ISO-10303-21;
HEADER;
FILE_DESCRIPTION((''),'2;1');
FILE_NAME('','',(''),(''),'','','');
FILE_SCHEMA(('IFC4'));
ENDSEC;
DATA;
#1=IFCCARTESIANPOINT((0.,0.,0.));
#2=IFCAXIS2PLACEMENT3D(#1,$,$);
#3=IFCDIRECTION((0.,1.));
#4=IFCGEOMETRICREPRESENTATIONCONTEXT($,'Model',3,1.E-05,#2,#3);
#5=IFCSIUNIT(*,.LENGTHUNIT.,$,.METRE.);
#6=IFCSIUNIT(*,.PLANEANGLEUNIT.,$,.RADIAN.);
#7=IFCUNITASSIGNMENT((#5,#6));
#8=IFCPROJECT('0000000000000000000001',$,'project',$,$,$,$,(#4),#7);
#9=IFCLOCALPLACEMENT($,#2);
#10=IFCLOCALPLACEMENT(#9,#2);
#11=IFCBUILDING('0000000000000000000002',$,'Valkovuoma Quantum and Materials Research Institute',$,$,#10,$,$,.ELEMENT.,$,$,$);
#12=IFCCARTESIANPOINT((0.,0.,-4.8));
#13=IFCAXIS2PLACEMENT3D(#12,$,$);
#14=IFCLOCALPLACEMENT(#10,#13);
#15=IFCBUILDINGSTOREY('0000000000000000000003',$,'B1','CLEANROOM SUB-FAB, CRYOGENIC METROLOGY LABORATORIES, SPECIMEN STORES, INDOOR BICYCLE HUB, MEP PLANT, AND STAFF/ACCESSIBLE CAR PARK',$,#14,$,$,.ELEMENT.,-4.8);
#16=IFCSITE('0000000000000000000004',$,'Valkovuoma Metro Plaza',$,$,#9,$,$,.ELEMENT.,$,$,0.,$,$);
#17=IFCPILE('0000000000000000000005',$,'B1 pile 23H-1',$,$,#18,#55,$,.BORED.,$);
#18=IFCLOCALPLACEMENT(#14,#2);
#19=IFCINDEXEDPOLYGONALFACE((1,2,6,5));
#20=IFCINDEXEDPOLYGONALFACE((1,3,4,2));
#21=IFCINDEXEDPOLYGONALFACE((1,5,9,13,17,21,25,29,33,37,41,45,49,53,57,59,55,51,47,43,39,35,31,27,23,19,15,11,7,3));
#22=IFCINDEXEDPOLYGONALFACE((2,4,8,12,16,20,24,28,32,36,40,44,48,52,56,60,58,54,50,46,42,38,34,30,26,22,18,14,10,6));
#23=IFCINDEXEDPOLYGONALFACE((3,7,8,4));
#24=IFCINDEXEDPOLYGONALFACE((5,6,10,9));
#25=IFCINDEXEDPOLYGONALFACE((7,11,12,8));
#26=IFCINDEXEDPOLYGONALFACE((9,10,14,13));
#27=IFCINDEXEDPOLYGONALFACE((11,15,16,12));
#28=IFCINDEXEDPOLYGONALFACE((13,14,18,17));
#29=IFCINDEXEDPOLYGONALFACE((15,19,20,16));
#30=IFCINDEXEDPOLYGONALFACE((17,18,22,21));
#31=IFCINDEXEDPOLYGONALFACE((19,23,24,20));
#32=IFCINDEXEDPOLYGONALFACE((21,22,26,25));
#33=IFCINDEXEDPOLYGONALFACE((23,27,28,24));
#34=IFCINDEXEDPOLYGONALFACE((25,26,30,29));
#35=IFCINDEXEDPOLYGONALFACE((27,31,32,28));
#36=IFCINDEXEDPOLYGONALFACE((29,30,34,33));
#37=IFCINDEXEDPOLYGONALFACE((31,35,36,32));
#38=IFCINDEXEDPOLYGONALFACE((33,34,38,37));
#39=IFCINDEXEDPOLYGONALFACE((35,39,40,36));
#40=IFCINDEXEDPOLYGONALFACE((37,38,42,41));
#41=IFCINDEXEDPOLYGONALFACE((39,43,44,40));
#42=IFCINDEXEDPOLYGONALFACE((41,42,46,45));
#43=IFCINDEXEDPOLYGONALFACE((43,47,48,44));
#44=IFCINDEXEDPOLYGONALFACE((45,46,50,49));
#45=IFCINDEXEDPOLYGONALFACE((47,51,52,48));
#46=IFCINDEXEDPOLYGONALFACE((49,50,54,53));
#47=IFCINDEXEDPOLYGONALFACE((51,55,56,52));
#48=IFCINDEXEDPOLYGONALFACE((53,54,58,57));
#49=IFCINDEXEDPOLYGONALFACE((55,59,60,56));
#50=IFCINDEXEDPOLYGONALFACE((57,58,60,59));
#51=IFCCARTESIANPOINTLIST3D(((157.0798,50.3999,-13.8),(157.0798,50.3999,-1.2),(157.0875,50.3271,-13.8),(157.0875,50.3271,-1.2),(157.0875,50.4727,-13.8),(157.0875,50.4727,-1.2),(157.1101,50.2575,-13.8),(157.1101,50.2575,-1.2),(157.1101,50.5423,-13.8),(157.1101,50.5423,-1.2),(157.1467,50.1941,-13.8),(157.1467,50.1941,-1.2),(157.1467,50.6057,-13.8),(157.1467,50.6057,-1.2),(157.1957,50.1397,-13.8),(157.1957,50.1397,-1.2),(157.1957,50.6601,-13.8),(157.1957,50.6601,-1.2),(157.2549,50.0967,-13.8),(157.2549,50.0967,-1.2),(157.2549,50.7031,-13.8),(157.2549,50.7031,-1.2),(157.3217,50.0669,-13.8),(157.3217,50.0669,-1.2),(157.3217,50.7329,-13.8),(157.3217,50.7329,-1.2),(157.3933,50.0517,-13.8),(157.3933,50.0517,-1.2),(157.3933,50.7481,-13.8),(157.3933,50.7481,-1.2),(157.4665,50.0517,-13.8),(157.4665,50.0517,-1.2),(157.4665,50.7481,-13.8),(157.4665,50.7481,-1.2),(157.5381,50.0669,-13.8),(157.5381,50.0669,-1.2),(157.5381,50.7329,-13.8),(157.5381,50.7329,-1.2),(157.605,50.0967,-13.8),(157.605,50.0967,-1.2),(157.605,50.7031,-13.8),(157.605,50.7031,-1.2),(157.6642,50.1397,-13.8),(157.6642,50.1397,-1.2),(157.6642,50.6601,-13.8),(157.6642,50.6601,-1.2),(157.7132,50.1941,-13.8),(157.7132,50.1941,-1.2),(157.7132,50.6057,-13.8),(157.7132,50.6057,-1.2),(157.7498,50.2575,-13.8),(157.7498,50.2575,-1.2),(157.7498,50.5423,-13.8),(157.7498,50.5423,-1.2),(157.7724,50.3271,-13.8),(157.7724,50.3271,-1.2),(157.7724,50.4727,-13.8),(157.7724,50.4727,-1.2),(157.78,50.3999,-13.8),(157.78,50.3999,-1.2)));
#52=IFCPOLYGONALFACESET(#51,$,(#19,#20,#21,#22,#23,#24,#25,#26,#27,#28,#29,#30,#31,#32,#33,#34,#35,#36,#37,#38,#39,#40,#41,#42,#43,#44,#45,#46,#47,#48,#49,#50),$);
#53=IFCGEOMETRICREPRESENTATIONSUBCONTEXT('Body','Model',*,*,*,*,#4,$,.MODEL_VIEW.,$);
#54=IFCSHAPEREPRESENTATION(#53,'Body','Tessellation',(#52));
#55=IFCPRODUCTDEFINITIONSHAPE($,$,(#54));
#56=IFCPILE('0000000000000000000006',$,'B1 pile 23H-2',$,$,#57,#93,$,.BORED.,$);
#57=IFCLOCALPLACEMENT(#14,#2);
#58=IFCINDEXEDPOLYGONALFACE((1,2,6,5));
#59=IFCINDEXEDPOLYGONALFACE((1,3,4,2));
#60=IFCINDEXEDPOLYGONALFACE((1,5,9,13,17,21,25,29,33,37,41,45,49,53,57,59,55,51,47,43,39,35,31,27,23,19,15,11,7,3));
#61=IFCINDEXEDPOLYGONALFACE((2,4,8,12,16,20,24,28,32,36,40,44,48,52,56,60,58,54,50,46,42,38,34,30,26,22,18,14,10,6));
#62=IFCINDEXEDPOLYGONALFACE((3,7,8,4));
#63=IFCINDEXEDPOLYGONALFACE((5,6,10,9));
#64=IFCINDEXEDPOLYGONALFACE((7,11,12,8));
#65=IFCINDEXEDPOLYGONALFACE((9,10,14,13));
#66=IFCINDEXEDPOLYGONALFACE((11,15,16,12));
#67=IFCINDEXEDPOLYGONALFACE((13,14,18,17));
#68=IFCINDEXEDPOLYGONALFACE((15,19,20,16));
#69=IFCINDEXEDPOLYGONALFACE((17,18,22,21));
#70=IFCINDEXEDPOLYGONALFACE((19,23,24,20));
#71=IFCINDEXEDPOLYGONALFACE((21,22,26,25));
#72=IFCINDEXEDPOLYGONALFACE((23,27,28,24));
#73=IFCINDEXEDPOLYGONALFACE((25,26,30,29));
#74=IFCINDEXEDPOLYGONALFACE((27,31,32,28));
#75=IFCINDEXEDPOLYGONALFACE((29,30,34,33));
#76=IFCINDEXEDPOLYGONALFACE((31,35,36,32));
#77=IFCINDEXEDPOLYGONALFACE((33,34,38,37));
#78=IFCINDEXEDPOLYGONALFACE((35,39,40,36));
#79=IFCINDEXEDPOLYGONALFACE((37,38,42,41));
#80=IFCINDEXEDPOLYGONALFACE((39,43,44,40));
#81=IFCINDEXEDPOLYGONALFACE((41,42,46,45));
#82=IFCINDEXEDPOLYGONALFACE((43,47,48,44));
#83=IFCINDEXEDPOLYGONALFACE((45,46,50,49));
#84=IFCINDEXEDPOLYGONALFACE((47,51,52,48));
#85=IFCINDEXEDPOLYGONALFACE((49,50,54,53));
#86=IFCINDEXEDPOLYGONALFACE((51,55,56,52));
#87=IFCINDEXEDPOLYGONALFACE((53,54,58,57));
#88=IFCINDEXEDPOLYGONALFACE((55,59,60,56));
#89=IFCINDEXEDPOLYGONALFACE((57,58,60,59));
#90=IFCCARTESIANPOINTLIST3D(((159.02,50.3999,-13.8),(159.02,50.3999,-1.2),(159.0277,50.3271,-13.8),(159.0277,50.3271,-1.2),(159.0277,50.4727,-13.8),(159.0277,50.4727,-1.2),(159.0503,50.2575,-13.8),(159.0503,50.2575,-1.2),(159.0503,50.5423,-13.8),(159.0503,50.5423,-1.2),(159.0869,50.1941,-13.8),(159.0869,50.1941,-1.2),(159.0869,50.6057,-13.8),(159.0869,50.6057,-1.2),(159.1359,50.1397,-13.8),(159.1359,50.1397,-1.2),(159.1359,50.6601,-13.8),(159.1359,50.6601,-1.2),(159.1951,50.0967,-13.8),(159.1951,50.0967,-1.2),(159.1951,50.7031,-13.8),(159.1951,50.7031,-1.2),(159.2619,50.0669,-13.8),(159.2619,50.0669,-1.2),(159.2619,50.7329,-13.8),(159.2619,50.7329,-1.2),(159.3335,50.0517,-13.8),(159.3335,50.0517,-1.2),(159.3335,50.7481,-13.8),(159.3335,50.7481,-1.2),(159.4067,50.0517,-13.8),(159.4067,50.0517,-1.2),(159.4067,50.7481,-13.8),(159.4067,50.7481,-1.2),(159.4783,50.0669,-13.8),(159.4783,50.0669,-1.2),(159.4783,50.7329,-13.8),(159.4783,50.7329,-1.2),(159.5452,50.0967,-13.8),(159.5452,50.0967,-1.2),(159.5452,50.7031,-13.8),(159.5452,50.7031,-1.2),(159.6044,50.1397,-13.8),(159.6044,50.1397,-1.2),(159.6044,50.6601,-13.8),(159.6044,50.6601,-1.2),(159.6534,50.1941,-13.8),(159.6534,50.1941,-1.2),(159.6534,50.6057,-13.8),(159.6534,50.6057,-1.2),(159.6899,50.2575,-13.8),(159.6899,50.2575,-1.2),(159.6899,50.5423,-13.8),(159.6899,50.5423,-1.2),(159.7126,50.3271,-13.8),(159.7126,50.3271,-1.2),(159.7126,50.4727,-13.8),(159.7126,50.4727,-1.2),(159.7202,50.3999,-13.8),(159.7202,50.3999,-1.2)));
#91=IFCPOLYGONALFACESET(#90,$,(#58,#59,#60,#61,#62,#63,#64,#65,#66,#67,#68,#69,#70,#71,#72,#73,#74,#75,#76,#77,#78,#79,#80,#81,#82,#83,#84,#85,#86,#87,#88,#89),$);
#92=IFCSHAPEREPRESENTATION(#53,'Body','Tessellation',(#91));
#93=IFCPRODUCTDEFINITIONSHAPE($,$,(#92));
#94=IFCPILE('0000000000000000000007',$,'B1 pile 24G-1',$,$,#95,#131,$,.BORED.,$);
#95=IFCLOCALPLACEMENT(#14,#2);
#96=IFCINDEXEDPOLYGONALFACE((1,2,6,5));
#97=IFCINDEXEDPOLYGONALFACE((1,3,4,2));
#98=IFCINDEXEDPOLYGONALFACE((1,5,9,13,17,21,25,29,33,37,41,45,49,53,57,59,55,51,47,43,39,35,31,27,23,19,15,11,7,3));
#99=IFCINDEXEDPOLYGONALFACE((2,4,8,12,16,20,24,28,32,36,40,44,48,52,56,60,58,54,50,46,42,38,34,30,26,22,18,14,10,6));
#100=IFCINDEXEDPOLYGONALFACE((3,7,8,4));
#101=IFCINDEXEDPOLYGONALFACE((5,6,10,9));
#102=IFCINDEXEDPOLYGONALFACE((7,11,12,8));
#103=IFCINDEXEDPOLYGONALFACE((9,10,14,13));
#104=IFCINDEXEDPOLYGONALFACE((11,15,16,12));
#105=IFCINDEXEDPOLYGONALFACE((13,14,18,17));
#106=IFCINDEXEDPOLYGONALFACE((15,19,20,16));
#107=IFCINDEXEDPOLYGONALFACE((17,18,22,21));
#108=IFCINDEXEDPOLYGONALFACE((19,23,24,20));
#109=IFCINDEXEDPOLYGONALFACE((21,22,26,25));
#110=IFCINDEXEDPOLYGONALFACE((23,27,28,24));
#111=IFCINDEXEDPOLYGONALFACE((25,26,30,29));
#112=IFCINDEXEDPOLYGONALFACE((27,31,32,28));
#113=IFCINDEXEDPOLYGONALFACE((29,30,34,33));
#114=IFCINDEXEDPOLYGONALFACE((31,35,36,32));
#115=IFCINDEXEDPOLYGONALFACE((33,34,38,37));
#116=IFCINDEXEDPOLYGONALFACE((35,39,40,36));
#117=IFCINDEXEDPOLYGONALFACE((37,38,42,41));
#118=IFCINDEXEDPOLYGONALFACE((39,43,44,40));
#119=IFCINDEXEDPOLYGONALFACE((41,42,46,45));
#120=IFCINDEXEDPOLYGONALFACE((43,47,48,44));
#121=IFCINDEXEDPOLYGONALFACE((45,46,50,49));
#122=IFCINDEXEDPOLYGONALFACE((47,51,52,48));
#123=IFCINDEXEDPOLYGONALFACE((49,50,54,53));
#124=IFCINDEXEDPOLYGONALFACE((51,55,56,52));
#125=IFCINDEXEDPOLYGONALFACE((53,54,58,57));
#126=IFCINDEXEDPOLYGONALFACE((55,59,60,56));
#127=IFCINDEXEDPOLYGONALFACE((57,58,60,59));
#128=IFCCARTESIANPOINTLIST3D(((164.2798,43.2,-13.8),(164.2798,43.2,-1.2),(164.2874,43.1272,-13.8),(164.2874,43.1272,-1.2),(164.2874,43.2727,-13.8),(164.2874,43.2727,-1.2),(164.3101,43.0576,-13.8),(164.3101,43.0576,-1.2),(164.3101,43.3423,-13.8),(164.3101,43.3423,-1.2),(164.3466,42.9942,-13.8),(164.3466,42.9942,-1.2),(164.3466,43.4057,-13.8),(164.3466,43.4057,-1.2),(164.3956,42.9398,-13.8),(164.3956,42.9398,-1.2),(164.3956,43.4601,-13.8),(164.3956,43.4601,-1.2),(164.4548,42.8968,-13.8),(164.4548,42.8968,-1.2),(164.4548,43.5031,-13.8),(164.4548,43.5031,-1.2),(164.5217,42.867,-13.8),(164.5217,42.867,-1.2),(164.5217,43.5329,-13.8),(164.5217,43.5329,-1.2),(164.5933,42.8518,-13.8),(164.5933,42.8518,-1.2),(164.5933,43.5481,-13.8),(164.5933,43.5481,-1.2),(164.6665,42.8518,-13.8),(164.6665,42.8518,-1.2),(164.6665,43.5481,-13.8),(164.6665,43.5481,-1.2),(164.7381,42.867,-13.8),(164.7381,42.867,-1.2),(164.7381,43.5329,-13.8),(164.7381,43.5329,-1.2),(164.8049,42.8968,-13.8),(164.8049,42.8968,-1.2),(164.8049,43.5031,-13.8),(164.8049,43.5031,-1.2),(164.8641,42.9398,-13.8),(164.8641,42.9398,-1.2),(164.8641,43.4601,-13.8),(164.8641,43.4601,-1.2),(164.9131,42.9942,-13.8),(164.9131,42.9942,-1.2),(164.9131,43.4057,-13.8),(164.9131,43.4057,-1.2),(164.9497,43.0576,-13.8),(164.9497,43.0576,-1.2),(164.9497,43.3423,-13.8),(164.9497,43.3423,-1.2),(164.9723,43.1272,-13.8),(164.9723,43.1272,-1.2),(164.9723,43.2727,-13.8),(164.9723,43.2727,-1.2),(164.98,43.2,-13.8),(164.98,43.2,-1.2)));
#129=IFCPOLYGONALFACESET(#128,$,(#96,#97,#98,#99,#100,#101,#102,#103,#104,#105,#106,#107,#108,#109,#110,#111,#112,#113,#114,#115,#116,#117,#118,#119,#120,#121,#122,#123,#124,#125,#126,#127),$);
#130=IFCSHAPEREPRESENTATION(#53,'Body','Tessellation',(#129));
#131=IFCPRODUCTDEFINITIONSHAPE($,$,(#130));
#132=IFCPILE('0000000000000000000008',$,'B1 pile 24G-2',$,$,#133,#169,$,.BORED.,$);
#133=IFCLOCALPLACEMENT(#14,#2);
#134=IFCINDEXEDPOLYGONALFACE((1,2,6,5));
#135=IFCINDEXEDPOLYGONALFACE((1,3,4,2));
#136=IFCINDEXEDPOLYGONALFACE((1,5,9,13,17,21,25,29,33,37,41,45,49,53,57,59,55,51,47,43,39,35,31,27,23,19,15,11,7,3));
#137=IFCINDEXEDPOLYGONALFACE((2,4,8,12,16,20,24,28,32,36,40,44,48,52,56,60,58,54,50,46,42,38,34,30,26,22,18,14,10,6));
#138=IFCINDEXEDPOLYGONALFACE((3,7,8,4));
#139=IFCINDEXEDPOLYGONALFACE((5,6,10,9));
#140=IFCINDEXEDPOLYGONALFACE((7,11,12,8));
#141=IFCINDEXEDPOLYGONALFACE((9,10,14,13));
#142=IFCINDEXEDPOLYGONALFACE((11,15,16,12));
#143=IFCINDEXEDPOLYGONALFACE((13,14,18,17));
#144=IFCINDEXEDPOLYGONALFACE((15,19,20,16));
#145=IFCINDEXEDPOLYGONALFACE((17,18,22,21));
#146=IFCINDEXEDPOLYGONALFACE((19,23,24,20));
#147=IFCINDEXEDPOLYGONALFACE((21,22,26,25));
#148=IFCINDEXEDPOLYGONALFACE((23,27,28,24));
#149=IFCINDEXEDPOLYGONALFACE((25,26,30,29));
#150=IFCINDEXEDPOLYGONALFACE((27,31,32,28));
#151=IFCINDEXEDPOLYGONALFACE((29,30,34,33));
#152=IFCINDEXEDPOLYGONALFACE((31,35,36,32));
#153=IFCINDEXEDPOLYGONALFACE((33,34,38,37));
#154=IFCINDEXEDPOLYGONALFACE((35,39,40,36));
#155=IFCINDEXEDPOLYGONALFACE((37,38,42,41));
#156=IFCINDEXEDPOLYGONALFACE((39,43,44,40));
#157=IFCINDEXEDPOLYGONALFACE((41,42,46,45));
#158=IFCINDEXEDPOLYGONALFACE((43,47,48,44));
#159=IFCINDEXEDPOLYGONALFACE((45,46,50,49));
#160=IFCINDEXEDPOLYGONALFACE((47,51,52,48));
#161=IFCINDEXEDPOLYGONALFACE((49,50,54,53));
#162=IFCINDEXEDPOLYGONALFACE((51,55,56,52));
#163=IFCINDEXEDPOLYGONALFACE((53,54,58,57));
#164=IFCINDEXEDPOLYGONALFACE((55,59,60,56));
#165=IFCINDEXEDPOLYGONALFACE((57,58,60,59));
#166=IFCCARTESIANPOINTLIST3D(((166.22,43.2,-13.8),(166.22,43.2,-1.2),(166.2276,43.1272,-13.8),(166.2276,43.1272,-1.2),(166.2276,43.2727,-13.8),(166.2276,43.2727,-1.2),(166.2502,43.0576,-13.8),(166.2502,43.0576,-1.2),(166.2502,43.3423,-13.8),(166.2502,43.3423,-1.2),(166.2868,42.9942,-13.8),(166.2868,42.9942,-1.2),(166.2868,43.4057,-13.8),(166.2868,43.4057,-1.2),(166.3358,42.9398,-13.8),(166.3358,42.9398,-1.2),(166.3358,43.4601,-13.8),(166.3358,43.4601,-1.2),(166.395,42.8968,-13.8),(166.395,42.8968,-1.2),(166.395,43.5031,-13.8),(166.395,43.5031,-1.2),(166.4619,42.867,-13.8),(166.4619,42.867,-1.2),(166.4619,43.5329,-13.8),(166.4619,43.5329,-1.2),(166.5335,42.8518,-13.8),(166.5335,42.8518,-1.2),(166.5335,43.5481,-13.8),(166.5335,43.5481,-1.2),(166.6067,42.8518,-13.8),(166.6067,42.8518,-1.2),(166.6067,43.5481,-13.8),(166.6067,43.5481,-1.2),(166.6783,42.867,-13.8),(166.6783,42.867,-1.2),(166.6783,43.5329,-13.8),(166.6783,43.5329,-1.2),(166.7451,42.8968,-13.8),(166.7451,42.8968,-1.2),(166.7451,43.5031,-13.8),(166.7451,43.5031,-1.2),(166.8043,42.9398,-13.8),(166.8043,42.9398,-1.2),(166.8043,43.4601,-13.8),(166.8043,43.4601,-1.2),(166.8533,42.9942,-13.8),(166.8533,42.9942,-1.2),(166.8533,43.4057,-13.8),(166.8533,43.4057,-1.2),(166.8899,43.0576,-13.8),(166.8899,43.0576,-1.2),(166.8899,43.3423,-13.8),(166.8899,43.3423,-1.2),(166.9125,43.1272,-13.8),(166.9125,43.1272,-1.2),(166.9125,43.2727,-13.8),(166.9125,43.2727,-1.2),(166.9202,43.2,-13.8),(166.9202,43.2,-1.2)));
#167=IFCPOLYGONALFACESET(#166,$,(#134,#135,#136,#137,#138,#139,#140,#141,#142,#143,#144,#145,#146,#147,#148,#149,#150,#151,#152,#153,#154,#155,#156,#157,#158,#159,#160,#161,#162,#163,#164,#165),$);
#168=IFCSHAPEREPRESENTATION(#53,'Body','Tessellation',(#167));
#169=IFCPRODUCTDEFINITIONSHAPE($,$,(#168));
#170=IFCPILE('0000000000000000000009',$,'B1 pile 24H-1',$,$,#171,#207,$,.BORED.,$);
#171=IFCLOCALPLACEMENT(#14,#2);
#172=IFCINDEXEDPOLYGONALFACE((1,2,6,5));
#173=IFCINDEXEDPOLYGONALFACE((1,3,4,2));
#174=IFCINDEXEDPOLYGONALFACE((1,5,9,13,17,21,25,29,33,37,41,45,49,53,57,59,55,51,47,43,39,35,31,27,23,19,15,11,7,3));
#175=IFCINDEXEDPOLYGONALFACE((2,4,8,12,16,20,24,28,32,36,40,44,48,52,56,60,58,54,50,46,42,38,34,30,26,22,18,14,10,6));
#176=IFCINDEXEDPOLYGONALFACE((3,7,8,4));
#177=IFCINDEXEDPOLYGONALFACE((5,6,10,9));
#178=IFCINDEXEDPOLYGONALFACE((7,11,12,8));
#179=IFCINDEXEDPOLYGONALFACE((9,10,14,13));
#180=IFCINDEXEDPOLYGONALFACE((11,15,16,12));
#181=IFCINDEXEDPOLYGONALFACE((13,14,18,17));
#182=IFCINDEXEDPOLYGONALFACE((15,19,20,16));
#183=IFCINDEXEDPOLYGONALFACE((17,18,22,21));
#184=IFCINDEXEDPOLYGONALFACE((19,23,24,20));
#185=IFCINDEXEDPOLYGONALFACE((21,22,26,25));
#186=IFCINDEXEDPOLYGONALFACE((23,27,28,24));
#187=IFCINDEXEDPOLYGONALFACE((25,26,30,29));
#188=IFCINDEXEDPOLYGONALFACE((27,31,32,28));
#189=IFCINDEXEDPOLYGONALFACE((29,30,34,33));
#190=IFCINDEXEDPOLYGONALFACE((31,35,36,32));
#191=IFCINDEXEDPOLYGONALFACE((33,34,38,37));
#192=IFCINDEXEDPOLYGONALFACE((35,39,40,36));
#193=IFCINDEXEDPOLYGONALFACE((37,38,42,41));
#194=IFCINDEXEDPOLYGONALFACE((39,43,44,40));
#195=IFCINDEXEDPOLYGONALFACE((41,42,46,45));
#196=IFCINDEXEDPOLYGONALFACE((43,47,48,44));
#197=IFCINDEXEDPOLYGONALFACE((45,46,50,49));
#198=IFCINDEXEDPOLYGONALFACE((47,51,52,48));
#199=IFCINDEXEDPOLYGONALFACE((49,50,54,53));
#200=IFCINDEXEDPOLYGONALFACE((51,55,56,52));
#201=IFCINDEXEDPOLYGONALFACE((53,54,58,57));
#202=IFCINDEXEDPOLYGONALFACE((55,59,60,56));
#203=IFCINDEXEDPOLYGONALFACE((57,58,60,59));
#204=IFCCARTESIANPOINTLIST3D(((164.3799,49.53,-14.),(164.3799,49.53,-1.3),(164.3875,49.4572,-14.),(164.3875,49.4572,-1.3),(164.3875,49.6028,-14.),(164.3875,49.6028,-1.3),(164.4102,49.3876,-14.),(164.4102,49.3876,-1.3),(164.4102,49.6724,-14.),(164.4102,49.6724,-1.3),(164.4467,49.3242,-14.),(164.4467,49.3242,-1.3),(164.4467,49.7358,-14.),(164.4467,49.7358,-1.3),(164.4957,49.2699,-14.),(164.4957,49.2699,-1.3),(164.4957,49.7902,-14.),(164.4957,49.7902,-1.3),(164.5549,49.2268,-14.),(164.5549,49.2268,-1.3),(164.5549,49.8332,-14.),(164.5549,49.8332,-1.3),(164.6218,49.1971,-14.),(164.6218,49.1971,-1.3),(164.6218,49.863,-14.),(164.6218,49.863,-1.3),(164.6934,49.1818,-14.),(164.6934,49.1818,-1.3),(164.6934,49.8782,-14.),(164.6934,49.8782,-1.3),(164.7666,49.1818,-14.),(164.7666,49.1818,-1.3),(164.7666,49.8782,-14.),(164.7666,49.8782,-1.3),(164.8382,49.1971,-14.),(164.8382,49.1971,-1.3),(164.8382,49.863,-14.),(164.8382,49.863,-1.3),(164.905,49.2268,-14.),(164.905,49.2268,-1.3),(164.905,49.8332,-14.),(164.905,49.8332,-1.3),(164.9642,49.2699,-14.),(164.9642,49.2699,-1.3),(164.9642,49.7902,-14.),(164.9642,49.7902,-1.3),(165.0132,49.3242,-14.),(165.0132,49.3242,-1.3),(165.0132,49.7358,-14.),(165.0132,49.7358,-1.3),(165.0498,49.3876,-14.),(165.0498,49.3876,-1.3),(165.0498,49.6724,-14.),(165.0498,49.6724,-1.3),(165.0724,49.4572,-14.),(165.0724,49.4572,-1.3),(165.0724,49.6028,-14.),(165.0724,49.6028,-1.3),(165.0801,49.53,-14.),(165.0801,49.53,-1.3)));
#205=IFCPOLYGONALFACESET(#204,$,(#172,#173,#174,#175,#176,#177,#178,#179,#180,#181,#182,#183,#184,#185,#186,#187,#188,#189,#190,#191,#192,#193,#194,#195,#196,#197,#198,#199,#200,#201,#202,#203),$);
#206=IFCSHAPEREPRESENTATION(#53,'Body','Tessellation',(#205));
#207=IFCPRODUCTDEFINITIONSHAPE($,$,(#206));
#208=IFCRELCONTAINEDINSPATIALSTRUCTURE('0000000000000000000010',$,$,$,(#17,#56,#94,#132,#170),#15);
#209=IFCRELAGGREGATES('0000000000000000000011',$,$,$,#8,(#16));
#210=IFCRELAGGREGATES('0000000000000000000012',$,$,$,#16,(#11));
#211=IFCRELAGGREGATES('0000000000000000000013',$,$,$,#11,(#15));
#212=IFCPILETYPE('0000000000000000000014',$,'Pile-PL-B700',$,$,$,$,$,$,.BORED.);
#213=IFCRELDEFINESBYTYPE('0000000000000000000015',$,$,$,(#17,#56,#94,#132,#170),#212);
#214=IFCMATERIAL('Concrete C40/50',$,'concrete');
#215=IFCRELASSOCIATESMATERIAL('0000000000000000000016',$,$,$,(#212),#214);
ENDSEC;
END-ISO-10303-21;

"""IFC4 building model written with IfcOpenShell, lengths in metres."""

from ifc_helpers import new_model, si_unit, direction, frame, origin, origin_2d, place, context, subcontext, project, spatial, circle, extrude, material, material_profile, profile_set, type_object, element, save


model = new_model("IFC4")

# Units and contexts
model_context = context("Model", 3, precision=1e-05, world=origin(), true_north=direction((0.0, 1.0)))
body_context = subcontext(model_context, "Body", "Model", "MODEL_VIEW")
ifc_project = project(units=[si_unit("LENGTHUNIT", "METRE"), si_unit("PLANEANGLEUNIT", "RADIAN")], contexts=[model_context])

# Site, building, storey
site_placement = place(None, origin())
site = spatial("IfcSite", under=ifc_project, at=site_placement, Name="Valkovuoma Metro Plaza", CompositionType="ELEMENT", RefElevation=0.0)
building_placement = place(site_placement, origin())
building = spatial("IfcBuilding", under=site, at=building_placement, Name="Valkovuoma Quantum and Materials Research Institute", CompositionType="ELEMENT")
storey_placement = place(building_placement, frame((0.0, 0.0, -4.8)))
storey = spatial("IfcBuildingStorey", under=building, at=storey_placement, Name="B1", Description="CLEANROOM SUB-FAB, CRYOGENIC METROLOGY LABORATORIES, SPECIMEN STORES, INDOOR BICYCLE HUB, MEP PLANT, AND STAFF/ACCESSIBLE CAR PARK", CompositionType="ELEMENT", Elevation=-4.8)

# Piles
ifc_material_1 = material(Name="Concrete C40/50", Category="concrete")
ifc_material_profile_1 = material_profile(ifc_material_1, circle(Radius=0.3501, at=origin_2d()), Name="Concrete C40/50")
ifc_profile_set_1 = profile_set([ifc_material_profile_1], Name="Concrete C40/50")
pile_type_1 = type_object("IfcPileType", Name="Pile-PL-B700", PredefinedType="BORED", material=ifc_profile_set_1)
for number, where, z_axis, x_axis, name in (
    (1, (157.4299, 50.3999, -1.2), (0.0, 0.0, -1.0), (1.0, 0.0, 0.0), "B1 pile 23H-1"),
    (2, (159.3701, 50.3999, -1.2), (0.0, 0.0, -1.0), (1.0, 0.0, 0.0), "B1 pile 23H-2"),
    (3, (164.6299, 43.2, -1.2), (0.0, 0.0, -1.0), (1.0, 0.0, 0.0), "B1 pile 24G-1"),
    (4, (166.5701, 43.2, -1.2), (0.0, 0.0, -1.0), (1.0, 0.0, 0.0), "B1 pile 24G-2"),
):
    element("IfcPile", number, at=place(storey_placement, frame(where, z_axis=z_axis, x_axis=x_axis)), inside=storey, type_object=pile_type_1, Name=name, PredefinedType="BORED", context=body_context, shape_type="SweptSolid", body=[
        extrude(circle(Radius=0.3501, at=origin_2d()), origin(), (0.0, 0.0, 1.0), 12.6001),
    ])
for number, where, z_axis, x_axis, name in (
    (5, (164.73, 49.53, -1.3), (0.0, 0.0, -1.0), (1.0, 0.0, 0.0), "B1 pile 24H-1"),
):
    element("IfcPile", number, at=place(storey_placement, frame(where, z_axis=z_axis, x_axis=x_axis)), inside=storey, type_object=pile_type_1, Name=name, PredefinedType="BORED", context=body_context, shape_type="SweptSolid", body=[
        extrude(circle(Radius=0.3501, at=origin_2d()), origin(), (0.0, 0.0, 1.0), 12.7),
    ])

save(model, "model.ifc")
